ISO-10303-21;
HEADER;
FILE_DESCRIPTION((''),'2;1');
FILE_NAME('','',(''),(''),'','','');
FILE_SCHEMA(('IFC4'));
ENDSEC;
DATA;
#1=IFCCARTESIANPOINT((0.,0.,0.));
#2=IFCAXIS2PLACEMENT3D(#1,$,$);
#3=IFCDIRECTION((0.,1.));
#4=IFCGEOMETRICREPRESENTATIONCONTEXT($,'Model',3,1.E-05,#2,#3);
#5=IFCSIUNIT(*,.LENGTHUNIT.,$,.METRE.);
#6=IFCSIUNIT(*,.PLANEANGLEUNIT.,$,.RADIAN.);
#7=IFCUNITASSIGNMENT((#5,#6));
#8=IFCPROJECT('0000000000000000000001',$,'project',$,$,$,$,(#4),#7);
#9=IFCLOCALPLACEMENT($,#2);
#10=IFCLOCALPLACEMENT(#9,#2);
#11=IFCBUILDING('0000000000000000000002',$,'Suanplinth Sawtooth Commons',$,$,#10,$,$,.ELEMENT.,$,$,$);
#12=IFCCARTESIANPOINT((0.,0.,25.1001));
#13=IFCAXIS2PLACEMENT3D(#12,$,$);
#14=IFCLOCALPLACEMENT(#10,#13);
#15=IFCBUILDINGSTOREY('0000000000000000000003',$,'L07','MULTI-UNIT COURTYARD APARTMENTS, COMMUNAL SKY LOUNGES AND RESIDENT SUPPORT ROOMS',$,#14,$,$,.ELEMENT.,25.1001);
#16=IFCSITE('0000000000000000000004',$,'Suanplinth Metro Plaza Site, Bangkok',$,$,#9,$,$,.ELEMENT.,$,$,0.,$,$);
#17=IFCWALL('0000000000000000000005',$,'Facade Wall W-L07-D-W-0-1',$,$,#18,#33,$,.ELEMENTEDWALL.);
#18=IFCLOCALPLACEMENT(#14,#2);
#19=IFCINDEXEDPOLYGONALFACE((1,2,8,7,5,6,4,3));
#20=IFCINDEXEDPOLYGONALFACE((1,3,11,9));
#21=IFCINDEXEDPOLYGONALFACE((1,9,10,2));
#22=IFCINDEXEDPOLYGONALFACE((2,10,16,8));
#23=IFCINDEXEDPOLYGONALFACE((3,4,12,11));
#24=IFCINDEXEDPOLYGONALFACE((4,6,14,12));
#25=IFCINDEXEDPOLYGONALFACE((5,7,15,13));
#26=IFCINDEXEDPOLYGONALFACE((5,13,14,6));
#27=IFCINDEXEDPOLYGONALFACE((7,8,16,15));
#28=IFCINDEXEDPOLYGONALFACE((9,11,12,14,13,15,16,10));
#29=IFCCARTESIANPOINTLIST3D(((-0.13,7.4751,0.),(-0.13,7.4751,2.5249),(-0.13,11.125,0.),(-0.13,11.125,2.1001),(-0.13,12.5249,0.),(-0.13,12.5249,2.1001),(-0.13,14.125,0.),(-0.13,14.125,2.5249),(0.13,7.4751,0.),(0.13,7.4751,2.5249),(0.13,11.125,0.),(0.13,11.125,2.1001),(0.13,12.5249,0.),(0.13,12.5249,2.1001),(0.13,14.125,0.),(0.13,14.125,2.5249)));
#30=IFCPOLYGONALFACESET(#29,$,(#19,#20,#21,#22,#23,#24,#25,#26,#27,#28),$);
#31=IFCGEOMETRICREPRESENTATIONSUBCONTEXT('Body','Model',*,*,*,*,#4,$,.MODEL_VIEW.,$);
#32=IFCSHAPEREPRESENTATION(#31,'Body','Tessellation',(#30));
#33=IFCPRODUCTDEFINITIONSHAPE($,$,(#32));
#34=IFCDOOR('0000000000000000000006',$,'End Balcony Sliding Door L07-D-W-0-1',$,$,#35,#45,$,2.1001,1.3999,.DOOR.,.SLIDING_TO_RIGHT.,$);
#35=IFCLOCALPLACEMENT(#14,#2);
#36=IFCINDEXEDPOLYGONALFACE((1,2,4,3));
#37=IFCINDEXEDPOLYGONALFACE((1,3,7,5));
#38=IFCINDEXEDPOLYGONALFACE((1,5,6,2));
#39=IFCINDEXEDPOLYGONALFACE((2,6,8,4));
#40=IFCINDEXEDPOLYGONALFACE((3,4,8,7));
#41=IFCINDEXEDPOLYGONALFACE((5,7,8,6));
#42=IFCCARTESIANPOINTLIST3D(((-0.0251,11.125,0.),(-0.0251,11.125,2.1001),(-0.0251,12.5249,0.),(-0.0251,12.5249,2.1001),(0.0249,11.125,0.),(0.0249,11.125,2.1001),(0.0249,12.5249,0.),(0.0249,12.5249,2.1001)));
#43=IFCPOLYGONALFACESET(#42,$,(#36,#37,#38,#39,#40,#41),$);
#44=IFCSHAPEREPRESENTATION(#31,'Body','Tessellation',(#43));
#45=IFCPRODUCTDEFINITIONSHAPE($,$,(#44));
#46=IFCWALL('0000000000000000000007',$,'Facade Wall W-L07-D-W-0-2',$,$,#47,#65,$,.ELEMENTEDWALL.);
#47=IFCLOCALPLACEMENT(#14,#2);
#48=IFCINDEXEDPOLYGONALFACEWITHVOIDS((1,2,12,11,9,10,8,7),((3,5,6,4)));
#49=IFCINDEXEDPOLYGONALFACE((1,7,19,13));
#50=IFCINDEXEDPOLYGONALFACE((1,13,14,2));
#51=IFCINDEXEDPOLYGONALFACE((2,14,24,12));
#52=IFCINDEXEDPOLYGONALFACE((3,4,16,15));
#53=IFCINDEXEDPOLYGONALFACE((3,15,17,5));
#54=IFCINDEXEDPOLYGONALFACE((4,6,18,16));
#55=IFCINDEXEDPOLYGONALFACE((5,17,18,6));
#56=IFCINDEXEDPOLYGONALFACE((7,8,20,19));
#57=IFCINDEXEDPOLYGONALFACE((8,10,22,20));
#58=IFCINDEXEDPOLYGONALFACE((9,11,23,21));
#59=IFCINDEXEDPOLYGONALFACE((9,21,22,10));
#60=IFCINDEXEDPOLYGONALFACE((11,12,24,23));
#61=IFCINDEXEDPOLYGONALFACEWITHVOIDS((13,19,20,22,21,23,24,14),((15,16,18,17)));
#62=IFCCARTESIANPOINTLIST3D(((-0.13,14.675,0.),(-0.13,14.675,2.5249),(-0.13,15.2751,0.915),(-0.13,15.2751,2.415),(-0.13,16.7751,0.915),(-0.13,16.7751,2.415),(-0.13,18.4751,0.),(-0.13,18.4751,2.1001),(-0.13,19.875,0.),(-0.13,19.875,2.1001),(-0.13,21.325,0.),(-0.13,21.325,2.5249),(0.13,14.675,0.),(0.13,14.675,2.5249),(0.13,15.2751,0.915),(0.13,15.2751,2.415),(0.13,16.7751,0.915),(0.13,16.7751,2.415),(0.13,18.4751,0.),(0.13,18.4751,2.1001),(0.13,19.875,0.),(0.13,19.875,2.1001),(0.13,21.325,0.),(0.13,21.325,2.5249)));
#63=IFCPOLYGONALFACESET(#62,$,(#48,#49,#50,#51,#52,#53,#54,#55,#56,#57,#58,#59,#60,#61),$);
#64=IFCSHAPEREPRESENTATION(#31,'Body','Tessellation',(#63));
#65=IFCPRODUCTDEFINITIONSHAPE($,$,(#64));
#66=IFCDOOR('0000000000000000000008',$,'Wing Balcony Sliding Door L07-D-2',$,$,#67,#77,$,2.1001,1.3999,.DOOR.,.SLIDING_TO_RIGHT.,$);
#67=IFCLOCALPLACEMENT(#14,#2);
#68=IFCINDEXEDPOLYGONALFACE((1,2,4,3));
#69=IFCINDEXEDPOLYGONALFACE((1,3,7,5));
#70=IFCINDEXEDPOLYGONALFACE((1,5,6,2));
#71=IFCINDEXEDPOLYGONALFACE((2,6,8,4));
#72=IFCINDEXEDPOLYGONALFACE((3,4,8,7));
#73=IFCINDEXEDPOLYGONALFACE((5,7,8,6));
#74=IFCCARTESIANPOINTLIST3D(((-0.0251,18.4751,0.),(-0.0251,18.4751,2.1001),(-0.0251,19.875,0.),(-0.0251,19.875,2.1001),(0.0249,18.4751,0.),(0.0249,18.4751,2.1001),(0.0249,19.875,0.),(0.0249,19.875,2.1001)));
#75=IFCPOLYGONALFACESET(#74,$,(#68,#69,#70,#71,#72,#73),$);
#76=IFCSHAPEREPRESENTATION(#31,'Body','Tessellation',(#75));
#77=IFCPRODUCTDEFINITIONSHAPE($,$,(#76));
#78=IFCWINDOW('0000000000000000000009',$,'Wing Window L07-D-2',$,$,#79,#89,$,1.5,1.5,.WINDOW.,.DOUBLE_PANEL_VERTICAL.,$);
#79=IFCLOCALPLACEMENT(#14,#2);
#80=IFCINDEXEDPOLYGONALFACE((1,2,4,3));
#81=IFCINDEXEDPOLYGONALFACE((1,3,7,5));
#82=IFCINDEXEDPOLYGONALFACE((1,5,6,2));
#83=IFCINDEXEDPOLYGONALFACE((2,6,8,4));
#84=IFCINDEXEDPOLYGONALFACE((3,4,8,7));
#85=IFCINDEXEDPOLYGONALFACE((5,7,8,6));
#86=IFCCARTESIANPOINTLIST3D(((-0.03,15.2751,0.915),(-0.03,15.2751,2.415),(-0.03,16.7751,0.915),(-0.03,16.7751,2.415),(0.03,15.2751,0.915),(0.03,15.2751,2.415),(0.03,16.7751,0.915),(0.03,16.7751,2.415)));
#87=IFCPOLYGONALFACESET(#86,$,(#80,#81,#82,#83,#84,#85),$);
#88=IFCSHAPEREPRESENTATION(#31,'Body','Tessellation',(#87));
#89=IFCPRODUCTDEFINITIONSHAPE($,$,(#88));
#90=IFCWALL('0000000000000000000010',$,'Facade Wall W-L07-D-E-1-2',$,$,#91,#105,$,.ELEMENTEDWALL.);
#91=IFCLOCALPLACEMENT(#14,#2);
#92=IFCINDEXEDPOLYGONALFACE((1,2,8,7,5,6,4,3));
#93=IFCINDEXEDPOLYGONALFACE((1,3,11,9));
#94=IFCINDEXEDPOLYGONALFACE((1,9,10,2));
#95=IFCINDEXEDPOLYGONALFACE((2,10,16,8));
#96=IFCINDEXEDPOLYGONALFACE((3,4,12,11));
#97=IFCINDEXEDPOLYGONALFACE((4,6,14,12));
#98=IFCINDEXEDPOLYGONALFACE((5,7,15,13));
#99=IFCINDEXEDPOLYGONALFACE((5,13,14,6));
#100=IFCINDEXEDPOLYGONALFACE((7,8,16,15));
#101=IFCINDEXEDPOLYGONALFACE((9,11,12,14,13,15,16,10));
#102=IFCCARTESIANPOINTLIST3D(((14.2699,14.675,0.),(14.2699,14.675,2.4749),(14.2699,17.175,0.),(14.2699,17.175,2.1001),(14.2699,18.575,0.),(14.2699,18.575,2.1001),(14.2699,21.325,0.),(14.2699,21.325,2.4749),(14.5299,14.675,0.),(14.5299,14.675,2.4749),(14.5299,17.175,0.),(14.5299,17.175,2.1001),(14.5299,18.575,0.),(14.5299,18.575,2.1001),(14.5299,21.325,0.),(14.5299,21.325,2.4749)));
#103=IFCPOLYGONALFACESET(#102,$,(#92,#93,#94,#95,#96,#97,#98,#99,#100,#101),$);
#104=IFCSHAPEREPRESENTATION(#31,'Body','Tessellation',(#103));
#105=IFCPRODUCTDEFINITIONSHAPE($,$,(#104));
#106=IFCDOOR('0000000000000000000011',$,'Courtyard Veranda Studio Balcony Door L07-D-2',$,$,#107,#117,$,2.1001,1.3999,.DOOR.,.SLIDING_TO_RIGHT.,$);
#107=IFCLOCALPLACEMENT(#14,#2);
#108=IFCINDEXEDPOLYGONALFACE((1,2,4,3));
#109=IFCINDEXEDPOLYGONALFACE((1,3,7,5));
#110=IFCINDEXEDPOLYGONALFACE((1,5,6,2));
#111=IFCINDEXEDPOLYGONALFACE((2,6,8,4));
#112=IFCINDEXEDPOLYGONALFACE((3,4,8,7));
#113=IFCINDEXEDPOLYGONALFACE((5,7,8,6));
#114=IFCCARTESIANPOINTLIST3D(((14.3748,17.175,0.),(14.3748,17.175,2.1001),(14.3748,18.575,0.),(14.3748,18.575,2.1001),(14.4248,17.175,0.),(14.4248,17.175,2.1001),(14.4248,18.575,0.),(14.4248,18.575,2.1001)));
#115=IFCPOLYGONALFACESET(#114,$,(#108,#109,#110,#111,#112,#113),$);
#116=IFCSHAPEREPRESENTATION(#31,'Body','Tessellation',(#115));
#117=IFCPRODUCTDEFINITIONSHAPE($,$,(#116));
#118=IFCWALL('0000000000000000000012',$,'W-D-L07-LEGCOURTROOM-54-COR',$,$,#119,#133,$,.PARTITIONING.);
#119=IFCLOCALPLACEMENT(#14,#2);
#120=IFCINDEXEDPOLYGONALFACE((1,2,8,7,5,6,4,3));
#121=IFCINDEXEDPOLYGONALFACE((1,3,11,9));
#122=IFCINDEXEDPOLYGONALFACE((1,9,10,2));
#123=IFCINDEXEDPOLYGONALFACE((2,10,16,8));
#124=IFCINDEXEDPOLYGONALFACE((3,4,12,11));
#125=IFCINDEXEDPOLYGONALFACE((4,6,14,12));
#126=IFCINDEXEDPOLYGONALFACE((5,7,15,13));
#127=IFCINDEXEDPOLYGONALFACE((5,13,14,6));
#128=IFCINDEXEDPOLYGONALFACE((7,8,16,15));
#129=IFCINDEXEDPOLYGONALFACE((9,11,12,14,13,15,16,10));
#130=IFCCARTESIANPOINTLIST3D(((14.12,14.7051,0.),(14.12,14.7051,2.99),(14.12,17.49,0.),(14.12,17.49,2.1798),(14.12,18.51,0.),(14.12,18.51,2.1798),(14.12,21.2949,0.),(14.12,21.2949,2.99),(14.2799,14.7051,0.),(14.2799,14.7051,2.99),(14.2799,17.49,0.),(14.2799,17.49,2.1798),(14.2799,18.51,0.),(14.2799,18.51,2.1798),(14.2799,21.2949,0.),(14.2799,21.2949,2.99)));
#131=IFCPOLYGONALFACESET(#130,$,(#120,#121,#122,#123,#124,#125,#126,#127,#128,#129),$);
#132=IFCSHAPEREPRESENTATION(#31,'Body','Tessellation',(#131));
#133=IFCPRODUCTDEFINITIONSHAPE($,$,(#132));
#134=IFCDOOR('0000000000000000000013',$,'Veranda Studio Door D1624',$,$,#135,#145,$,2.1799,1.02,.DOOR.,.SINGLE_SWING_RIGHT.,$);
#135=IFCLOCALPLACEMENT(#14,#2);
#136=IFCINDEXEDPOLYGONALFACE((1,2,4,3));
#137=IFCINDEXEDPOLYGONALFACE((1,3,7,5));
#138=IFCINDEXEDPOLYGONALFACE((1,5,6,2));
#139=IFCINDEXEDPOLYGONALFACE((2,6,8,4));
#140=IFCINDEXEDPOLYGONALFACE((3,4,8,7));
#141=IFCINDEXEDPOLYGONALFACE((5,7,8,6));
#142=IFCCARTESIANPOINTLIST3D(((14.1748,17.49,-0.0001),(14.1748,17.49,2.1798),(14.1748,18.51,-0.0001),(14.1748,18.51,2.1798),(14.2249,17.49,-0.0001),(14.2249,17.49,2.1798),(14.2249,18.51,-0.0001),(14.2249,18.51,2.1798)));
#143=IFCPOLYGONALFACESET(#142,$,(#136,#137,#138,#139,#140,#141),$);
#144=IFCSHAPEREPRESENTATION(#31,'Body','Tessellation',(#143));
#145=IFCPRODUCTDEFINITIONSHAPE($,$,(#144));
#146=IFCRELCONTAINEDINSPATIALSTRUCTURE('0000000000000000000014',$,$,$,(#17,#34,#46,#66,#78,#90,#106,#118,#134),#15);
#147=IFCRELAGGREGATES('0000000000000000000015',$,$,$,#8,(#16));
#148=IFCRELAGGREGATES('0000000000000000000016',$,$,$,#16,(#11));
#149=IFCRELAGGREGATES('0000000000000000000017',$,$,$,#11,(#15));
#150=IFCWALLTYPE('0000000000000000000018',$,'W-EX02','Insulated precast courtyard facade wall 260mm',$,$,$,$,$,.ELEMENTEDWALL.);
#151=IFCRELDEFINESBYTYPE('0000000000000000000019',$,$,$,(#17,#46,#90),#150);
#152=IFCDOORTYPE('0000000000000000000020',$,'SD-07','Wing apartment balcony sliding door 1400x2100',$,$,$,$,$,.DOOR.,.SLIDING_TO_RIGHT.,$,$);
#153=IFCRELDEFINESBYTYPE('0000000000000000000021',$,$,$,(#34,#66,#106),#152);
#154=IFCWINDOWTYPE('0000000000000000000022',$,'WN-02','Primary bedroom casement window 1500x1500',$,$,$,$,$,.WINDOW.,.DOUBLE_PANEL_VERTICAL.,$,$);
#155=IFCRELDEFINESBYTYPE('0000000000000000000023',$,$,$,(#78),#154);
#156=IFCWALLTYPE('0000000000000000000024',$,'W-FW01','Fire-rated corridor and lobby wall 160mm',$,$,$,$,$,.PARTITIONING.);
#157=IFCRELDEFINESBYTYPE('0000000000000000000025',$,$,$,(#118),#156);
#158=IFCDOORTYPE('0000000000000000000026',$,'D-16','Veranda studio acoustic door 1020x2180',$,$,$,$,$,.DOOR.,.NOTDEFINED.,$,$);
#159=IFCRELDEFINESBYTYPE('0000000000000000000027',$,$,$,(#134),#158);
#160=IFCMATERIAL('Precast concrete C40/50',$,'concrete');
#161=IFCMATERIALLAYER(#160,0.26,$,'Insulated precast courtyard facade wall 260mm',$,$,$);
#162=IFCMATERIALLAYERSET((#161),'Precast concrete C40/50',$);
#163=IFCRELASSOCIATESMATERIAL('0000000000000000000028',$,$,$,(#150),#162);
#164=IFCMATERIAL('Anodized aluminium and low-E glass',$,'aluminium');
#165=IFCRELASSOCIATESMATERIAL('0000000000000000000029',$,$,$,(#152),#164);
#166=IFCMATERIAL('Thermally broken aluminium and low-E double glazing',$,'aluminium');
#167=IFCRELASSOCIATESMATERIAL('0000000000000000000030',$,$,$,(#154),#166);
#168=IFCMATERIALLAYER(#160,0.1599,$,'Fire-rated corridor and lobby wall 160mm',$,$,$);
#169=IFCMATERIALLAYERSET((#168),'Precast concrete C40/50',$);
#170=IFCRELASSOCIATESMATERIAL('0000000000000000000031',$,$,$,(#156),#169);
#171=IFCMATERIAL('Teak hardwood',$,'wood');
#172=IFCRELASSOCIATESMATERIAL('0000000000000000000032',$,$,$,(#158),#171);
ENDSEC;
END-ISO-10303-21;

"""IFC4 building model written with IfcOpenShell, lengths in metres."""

from ifc_helpers import new_model, si_unit, direction, frame, frame_2d, origin, place, context, subcontext, project, spatial, rectangle, extrude, material, layer, layer_set, type_object, element, fill, save


model = new_model("IFC4")

# Units and contexts
model_context = context("Model", 3, precision=1e-05, world=origin(), true_north=direction((0.0, 1.0)))
body_context = subcontext(model_context, "Body", "Model", "MODEL_VIEW")
ifc_project = project(units=[si_unit("LENGTHUNIT", "METRE"), si_unit("PLANEANGLEUNIT", "RADIAN")], contexts=[model_context])

# Site, building, storey
site_placement = place(None, origin())
site = spatial("IfcSite", under=ifc_project, at=site_placement, Name="Suanplinth Metro Plaza Site, Bangkok", CompositionType="ELEMENT", RefElevation=0.0)
building_placement = place(site_placement, origin())
building = spatial("IfcBuilding", under=site, at=building_placement, Name="Suanplinth Sawtooth Commons", CompositionType="ELEMENT")
storey_placement = place(building_placement, frame((0.0, 0.0, 25.1001)))
storey = spatial("IfcBuildingStorey", under=building, at=storey_placement, Name="L07", Description="MULTI-UNIT COURTYARD APARTMENTS, COMMUNAL SKY LOUNGES AND RESIDENT SUPPORT ROOMS", CompositionType="ELEMENT", Elevation=25.1001)

# Shared definitions
ifc_material_1 = material(Name="Precast concrete C40/50", Category="concrete")

# Wall, opening, door
ifc_layer_1 = layer(ifc_material_1, 0.26, Name="Insulated precast courtyard facade wall 260mm")
ifc_layer_set_1 = layer_set([ifc_layer_1], Name="Precast concrete C40/50")
wall_type_1 = type_object("IfcWallType", Name="W-EX02", Description="Insulated precast courtyard facade wall 260mm", PredefinedType="ELEMENTEDWALL", material=ifc_layer_set_1)
wall_1_placement = place(storey_placement, frame((0.0, 7.4751, 0.0), z_axis=(0.0, 0.0, 1.0), x_axis=(0.0, 1.0, 0.0)))
wall_1 = element("IfcWall", 1, at=wall_1_placement, inside=storey, type_object=wall_type_1, Name="Facade Wall W-L07-D-W-0-1", PredefinedType="ELEMENTEDWALL", context=body_context, shape_type="SweptSolid", body=[
    extrude(rectangle(XDim=6.6499, YDim=0.26, at=frame_2d((3.325, 0.0))), origin(), (0.0, 0.0, 1.0), 2.5249),
])
opening_1_placement = place(wall_1_placement, frame((3.6499, 0.0, 0.0)))
opening_1 = element("IfcOpeningElement", 2, at=opening_1_placement, cuts=wall_1, PredefinedType="OPENING", context=body_context, shape_type="SweptSolid", body=[
    extrude(rectangle(XDim=1.3999, YDim=2.1001, at=frame_2d((0.7, 1.05))), frame((0.0, 0.145, 0.0), z_axis=(0.0, -1.0, 0.0), x_axis=(1.0, 0.0, 0.0)), (0.0, 0.0, 1.0), 0.2898),
])
ifc_material_2 = material(Name="Anodized aluminium and low-E glass", Category="aluminium")
door_type_1 = type_object("IfcDoorType", Name="SD-07", Description="Wing apartment balcony sliding door 1400x2100", OperationType="SLIDING_TO_RIGHT", PredefinedType="DOOR", material=ifc_material_2)
door_1_placement = place(opening_1_placement, frame((1.3999, 0.0, 0.0), z_axis=(0.0, 0.0, 1.0), x_axis=(-1.0, 0.0, 0.0)))
door_1 = element("IfcDoor", 3, at=door_1_placement, inside=storey, type_object=door_type_1, Name="End Balcony Sliding Door L07-D-W-0-1", OperationType="SLIDING_TO_RIGHT", OverallHeight=2.1001, OverallWidth=1.3999, PredefinedType="DOOR", context=body_context, shape_type="SweptSolid", body=[
    extrude(rectangle(XDim=1.3999, YDim=2.1001, at=frame_2d((0.7, 1.05))), frame((0.0, 0.0249, 0.0), z_axis=(0.0, -1.0, 0.0), x_axis=(1.0, 0.0, 0.0)), (0.0, 0.0, 1.0), 0.05),
])
fill(opening_1, door_1)

# Wall, openings, door, window
wall_2_placement = place(storey_placement, frame((0.0, 14.675, 0.0), z_axis=(0.0, 0.0, 1.0), x_axis=(0.0, 1.0, 0.0)))
wall_2 = element("IfcWall", 4, at=wall_2_placement, inside=storey, type_object=wall_type_1, Name="Facade Wall W-L07-D-W-0-2", PredefinedType="ELEMENTEDWALL", context=body_context, shape_type="SweptSolid", body=[
    extrude(rectangle(XDim=6.6499, YDim=0.26, at=frame_2d((3.325, 0.0))), origin(), (0.0, 0.0, 1.0), 2.5249),
])
opening_2_placement = place(wall_2_placement, frame((3.8, 0.0, 0.0)))
opening_2 = element("IfcOpeningElement", 5, at=opening_2_placement, cuts=wall_2, PredefinedType="OPENING", context=body_context, shape_type="SweptSolid", body=[
    extrude(rectangle(XDim=1.3999, YDim=2.1001, at=frame_2d((0.7, 1.05))), frame((0.0, 0.145, 0.0), z_axis=(0.0, -1.0, 0.0), x_axis=(1.0, 0.0, 0.0)), (0.0, 0.0, 1.0), 0.2898),
])
opening_3_placement = place(wall_2_placement, frame((0.6001, 0.0, 0.915)))
opening_3 = element("IfcOpeningElement", 6, at=opening_3_placement, cuts=wall_2, PredefinedType="OPENING", context=body_context, shape_type="SweptSolid", body=[
    extrude(rectangle(XDim=1.5, YDim=1.5, at=frame_2d((0.75, 0.75))), frame((0.0, 0.145, 0.0), z_axis=(0.0, -1.0, 0.0), x_axis=(1.0, 0.0, 0.0)), (0.0, 0.0, 1.0), 0.2898),
])
door_2_placement = place(opening_2_placement, frame((1.3999, 0.0, 0.0), z_axis=(0.0, 0.0, 1.0), x_axis=(-1.0, 0.0, 0.0)))
door_2 = element("IfcDoor", 7, at=door_2_placement, inside=storey, type_object=door_type_1, Name="Wing Balcony Sliding Door L07-D-2", OperationType="SLIDING_TO_RIGHT", OverallHeight=2.1001, OverallWidth=1.3999, PredefinedType="DOOR", context=body_context, shape_type="SweptSolid", body=[
    extrude(rectangle(XDim=1.3999, YDim=2.1001, at=frame_2d((0.7, 1.05))), frame((0.0, 0.0249, 0.0), z_axis=(0.0, -1.0, 0.0), x_axis=(1.0, 0.0, 0.0)), (0.0, 0.0, 1.0), 0.05),
])
fill(opening_2, door_2)
ifc_material_3 = material(Name="Thermally broken aluminium and low-E double glazing", Category="aluminium")
window_type = type_object("IfcWindowType", Name="WN-02", Description="Primary bedroom casement window 1500x1500", PartitioningType="DOUBLE_PANEL_VERTICAL", PredefinedType="WINDOW", material=ifc_material_3)
window_placement = place(opening_3_placement, origin())
window = element("IfcWindow", 8, at=window_placement, inside=storey, type_object=window_type, Name="Wing Window L07-D-2", OverallHeight=1.5, OverallWidth=1.5, PartitioningType="DOUBLE_PANEL_VERTICAL", PredefinedType="WINDOW", context=body_context, shape_type="SweptSolid", body=[
    extrude(rectangle(XDim=1.5, YDim=1.5, at=frame_2d((0.75, 0.75))), frame((0.0, 0.03, 0.0), z_axis=(0.0, -1.0, 0.0), x_axis=(1.0, 0.0, 0.0)), (0.0, 0.0, 1.0), 0.0601),
])
fill(opening_3, window)

# Walls, openings, doors
wall_3_placement = place(storey_placement, frame((14.3999, 14.675, 0.0), z_axis=(0.0, 0.0, 1.0), x_axis=(0.0, 1.0, 0.0)))
wall_3 = element("IfcWall", 9, at=wall_3_placement, inside=storey, type_object=wall_type_1, Name="Facade Wall W-L07-D-E-1-2", PredefinedType="ELEMENTEDWALL", context=body_context, shape_type="SweptSolid", body=[
    extrude(rectangle(XDim=6.6499, YDim=0.26, at=frame_2d((3.325, 0.0))), origin(), (0.0, 0.0, 1.0), 2.4749),
])
opening_4_placement = place(wall_3_placement, frame((2.5, 0.0, 0.0)))
opening_4 = element("IfcOpeningElement", 10, at=opening_4_placement, cuts=wall_3, PredefinedType="OPENING", context=body_context, shape_type="SweptSolid", body=[
    extrude(rectangle(XDim=1.3999, YDim=2.1001, at=frame_2d((0.7, 1.05))), frame((0.0, 0.145, 0.0), z_axis=(0.0, -1.0, 0.0), x_axis=(1.0, 0.0, 0.0)), (0.0, 0.0, 1.0), 0.2898),
])
door_3_placement = place(opening_4_placement, frame((1.3999, 0.0, 0.0), z_axis=(0.0, 0.0, 1.0), x_axis=(-1.0, 0.0, 0.0)))
door_3 = element("IfcDoor", 11, at=door_3_placement, inside=storey, type_object=door_type_1, Name="Courtyard Veranda Studio Balcony Door L07-D-2", OperationType="SLIDING_TO_RIGHT", OverallHeight=2.1001, OverallWidth=1.3999, PredefinedType="DOOR", context=body_context, shape_type="SweptSolid", body=[
    extrude(rectangle(XDim=1.3999, YDim=2.1001, at=frame_2d((0.7, 1.05))), frame((0.0, 0.0249, 0.0), z_axis=(0.0, -1.0, 0.0), x_axis=(1.0, 0.0, 0.0)), (0.0, 0.0, 1.0), 0.05),
])
fill(opening_4, door_3)
ifc_layer_2 = layer(ifc_material_1, 0.1599, Name="Fire-rated corridor and lobby wall 160mm")
ifc_layer_set_2 = layer_set([ifc_layer_2], Name="Precast concrete C40/50")
wall_type_2 = type_object("IfcWallType", Name="W-FW01", Description="Fire-rated corridor and lobby wall 160mm", PredefinedType="PARTITIONING", material=ifc_layer_set_2)
wall_4_placement = place(storey_placement, frame((14.2, 14.7051, 0.0), z_axis=(0.0, 0.0, 1.0), x_axis=(0.0, 1.0, 0.0)))
wall_4 = element("IfcWall", 12, at=wall_4_placement, inside=storey, type_object=wall_type_2, Name="W-D-L07-LEGCOURTROOM-54-COR", PredefinedType="PARTITIONING", context=body_context, shape_type="SweptSolid", body=[
    extrude(rectangle(XDim=6.5898, YDim=0.1599, at=frame_2d((3.2949, 0.0))), origin(), (0.0, 0.0, 1.0), 2.99),
])
opening_5_placement = place(wall_4_placement, frame((2.7849, 0.0, 0.0)))
opening_5 = element("IfcOpeningElement", 13, at=opening_5_placement, cuts=wall_4, PredefinedType="OPENING", context=body_context, shape_type="SweptSolid", body=[
    extrude(rectangle(XDim=1.02, YDim=2.1799, at=frame_2d((0.51, 1.0898))), frame((0.0, 0.0947, 0.0), z_axis=(0.0, -1.0, 0.0), x_axis=(1.0, 0.0, 0.0)), (0.0, 0.0, 1.0), 0.1897),
])
ifc_material_4 = material(Name="Teak hardwood", Category="wood")
door_type_2 = type_object("IfcDoorType", Name="D-16", Description="Veranda studio acoustic door 1020x2180", OperationType="NOTDEFINED", PredefinedType="DOOR", material=ifc_material_4)
door_4_placement = place(opening_5_placement, frame((1.02, 0.0, 0.0), z_axis=(0.0, 0.0, 1.0), x_axis=(-1.0, 0.0, 0.0)))
door_4 = element("IfcDoor", 14, at=door_4_placement, inside=storey, type_object=door_type_2, Name="Veranda Studio Door D1624", OperationType="SINGLE_SWING_RIGHT", OverallHeight=2.1799, OverallWidth=1.02, PredefinedType="DOOR", context=body_context, shape_type="SweptSolid", body=[
    extrude(rectangle(XDim=1.02, YDim=2.1799, at=frame_2d((0.51, 1.0898))), frame((0.0, 0.0249, 0.0), z_axis=(0.0, -1.0, 0.0), x_axis=(1.0, 0.0, 0.0)), (0.0, 0.0, 1.0), 0.05),
])
fill(opening_5, door_4)

save(model, "model.ifc")
